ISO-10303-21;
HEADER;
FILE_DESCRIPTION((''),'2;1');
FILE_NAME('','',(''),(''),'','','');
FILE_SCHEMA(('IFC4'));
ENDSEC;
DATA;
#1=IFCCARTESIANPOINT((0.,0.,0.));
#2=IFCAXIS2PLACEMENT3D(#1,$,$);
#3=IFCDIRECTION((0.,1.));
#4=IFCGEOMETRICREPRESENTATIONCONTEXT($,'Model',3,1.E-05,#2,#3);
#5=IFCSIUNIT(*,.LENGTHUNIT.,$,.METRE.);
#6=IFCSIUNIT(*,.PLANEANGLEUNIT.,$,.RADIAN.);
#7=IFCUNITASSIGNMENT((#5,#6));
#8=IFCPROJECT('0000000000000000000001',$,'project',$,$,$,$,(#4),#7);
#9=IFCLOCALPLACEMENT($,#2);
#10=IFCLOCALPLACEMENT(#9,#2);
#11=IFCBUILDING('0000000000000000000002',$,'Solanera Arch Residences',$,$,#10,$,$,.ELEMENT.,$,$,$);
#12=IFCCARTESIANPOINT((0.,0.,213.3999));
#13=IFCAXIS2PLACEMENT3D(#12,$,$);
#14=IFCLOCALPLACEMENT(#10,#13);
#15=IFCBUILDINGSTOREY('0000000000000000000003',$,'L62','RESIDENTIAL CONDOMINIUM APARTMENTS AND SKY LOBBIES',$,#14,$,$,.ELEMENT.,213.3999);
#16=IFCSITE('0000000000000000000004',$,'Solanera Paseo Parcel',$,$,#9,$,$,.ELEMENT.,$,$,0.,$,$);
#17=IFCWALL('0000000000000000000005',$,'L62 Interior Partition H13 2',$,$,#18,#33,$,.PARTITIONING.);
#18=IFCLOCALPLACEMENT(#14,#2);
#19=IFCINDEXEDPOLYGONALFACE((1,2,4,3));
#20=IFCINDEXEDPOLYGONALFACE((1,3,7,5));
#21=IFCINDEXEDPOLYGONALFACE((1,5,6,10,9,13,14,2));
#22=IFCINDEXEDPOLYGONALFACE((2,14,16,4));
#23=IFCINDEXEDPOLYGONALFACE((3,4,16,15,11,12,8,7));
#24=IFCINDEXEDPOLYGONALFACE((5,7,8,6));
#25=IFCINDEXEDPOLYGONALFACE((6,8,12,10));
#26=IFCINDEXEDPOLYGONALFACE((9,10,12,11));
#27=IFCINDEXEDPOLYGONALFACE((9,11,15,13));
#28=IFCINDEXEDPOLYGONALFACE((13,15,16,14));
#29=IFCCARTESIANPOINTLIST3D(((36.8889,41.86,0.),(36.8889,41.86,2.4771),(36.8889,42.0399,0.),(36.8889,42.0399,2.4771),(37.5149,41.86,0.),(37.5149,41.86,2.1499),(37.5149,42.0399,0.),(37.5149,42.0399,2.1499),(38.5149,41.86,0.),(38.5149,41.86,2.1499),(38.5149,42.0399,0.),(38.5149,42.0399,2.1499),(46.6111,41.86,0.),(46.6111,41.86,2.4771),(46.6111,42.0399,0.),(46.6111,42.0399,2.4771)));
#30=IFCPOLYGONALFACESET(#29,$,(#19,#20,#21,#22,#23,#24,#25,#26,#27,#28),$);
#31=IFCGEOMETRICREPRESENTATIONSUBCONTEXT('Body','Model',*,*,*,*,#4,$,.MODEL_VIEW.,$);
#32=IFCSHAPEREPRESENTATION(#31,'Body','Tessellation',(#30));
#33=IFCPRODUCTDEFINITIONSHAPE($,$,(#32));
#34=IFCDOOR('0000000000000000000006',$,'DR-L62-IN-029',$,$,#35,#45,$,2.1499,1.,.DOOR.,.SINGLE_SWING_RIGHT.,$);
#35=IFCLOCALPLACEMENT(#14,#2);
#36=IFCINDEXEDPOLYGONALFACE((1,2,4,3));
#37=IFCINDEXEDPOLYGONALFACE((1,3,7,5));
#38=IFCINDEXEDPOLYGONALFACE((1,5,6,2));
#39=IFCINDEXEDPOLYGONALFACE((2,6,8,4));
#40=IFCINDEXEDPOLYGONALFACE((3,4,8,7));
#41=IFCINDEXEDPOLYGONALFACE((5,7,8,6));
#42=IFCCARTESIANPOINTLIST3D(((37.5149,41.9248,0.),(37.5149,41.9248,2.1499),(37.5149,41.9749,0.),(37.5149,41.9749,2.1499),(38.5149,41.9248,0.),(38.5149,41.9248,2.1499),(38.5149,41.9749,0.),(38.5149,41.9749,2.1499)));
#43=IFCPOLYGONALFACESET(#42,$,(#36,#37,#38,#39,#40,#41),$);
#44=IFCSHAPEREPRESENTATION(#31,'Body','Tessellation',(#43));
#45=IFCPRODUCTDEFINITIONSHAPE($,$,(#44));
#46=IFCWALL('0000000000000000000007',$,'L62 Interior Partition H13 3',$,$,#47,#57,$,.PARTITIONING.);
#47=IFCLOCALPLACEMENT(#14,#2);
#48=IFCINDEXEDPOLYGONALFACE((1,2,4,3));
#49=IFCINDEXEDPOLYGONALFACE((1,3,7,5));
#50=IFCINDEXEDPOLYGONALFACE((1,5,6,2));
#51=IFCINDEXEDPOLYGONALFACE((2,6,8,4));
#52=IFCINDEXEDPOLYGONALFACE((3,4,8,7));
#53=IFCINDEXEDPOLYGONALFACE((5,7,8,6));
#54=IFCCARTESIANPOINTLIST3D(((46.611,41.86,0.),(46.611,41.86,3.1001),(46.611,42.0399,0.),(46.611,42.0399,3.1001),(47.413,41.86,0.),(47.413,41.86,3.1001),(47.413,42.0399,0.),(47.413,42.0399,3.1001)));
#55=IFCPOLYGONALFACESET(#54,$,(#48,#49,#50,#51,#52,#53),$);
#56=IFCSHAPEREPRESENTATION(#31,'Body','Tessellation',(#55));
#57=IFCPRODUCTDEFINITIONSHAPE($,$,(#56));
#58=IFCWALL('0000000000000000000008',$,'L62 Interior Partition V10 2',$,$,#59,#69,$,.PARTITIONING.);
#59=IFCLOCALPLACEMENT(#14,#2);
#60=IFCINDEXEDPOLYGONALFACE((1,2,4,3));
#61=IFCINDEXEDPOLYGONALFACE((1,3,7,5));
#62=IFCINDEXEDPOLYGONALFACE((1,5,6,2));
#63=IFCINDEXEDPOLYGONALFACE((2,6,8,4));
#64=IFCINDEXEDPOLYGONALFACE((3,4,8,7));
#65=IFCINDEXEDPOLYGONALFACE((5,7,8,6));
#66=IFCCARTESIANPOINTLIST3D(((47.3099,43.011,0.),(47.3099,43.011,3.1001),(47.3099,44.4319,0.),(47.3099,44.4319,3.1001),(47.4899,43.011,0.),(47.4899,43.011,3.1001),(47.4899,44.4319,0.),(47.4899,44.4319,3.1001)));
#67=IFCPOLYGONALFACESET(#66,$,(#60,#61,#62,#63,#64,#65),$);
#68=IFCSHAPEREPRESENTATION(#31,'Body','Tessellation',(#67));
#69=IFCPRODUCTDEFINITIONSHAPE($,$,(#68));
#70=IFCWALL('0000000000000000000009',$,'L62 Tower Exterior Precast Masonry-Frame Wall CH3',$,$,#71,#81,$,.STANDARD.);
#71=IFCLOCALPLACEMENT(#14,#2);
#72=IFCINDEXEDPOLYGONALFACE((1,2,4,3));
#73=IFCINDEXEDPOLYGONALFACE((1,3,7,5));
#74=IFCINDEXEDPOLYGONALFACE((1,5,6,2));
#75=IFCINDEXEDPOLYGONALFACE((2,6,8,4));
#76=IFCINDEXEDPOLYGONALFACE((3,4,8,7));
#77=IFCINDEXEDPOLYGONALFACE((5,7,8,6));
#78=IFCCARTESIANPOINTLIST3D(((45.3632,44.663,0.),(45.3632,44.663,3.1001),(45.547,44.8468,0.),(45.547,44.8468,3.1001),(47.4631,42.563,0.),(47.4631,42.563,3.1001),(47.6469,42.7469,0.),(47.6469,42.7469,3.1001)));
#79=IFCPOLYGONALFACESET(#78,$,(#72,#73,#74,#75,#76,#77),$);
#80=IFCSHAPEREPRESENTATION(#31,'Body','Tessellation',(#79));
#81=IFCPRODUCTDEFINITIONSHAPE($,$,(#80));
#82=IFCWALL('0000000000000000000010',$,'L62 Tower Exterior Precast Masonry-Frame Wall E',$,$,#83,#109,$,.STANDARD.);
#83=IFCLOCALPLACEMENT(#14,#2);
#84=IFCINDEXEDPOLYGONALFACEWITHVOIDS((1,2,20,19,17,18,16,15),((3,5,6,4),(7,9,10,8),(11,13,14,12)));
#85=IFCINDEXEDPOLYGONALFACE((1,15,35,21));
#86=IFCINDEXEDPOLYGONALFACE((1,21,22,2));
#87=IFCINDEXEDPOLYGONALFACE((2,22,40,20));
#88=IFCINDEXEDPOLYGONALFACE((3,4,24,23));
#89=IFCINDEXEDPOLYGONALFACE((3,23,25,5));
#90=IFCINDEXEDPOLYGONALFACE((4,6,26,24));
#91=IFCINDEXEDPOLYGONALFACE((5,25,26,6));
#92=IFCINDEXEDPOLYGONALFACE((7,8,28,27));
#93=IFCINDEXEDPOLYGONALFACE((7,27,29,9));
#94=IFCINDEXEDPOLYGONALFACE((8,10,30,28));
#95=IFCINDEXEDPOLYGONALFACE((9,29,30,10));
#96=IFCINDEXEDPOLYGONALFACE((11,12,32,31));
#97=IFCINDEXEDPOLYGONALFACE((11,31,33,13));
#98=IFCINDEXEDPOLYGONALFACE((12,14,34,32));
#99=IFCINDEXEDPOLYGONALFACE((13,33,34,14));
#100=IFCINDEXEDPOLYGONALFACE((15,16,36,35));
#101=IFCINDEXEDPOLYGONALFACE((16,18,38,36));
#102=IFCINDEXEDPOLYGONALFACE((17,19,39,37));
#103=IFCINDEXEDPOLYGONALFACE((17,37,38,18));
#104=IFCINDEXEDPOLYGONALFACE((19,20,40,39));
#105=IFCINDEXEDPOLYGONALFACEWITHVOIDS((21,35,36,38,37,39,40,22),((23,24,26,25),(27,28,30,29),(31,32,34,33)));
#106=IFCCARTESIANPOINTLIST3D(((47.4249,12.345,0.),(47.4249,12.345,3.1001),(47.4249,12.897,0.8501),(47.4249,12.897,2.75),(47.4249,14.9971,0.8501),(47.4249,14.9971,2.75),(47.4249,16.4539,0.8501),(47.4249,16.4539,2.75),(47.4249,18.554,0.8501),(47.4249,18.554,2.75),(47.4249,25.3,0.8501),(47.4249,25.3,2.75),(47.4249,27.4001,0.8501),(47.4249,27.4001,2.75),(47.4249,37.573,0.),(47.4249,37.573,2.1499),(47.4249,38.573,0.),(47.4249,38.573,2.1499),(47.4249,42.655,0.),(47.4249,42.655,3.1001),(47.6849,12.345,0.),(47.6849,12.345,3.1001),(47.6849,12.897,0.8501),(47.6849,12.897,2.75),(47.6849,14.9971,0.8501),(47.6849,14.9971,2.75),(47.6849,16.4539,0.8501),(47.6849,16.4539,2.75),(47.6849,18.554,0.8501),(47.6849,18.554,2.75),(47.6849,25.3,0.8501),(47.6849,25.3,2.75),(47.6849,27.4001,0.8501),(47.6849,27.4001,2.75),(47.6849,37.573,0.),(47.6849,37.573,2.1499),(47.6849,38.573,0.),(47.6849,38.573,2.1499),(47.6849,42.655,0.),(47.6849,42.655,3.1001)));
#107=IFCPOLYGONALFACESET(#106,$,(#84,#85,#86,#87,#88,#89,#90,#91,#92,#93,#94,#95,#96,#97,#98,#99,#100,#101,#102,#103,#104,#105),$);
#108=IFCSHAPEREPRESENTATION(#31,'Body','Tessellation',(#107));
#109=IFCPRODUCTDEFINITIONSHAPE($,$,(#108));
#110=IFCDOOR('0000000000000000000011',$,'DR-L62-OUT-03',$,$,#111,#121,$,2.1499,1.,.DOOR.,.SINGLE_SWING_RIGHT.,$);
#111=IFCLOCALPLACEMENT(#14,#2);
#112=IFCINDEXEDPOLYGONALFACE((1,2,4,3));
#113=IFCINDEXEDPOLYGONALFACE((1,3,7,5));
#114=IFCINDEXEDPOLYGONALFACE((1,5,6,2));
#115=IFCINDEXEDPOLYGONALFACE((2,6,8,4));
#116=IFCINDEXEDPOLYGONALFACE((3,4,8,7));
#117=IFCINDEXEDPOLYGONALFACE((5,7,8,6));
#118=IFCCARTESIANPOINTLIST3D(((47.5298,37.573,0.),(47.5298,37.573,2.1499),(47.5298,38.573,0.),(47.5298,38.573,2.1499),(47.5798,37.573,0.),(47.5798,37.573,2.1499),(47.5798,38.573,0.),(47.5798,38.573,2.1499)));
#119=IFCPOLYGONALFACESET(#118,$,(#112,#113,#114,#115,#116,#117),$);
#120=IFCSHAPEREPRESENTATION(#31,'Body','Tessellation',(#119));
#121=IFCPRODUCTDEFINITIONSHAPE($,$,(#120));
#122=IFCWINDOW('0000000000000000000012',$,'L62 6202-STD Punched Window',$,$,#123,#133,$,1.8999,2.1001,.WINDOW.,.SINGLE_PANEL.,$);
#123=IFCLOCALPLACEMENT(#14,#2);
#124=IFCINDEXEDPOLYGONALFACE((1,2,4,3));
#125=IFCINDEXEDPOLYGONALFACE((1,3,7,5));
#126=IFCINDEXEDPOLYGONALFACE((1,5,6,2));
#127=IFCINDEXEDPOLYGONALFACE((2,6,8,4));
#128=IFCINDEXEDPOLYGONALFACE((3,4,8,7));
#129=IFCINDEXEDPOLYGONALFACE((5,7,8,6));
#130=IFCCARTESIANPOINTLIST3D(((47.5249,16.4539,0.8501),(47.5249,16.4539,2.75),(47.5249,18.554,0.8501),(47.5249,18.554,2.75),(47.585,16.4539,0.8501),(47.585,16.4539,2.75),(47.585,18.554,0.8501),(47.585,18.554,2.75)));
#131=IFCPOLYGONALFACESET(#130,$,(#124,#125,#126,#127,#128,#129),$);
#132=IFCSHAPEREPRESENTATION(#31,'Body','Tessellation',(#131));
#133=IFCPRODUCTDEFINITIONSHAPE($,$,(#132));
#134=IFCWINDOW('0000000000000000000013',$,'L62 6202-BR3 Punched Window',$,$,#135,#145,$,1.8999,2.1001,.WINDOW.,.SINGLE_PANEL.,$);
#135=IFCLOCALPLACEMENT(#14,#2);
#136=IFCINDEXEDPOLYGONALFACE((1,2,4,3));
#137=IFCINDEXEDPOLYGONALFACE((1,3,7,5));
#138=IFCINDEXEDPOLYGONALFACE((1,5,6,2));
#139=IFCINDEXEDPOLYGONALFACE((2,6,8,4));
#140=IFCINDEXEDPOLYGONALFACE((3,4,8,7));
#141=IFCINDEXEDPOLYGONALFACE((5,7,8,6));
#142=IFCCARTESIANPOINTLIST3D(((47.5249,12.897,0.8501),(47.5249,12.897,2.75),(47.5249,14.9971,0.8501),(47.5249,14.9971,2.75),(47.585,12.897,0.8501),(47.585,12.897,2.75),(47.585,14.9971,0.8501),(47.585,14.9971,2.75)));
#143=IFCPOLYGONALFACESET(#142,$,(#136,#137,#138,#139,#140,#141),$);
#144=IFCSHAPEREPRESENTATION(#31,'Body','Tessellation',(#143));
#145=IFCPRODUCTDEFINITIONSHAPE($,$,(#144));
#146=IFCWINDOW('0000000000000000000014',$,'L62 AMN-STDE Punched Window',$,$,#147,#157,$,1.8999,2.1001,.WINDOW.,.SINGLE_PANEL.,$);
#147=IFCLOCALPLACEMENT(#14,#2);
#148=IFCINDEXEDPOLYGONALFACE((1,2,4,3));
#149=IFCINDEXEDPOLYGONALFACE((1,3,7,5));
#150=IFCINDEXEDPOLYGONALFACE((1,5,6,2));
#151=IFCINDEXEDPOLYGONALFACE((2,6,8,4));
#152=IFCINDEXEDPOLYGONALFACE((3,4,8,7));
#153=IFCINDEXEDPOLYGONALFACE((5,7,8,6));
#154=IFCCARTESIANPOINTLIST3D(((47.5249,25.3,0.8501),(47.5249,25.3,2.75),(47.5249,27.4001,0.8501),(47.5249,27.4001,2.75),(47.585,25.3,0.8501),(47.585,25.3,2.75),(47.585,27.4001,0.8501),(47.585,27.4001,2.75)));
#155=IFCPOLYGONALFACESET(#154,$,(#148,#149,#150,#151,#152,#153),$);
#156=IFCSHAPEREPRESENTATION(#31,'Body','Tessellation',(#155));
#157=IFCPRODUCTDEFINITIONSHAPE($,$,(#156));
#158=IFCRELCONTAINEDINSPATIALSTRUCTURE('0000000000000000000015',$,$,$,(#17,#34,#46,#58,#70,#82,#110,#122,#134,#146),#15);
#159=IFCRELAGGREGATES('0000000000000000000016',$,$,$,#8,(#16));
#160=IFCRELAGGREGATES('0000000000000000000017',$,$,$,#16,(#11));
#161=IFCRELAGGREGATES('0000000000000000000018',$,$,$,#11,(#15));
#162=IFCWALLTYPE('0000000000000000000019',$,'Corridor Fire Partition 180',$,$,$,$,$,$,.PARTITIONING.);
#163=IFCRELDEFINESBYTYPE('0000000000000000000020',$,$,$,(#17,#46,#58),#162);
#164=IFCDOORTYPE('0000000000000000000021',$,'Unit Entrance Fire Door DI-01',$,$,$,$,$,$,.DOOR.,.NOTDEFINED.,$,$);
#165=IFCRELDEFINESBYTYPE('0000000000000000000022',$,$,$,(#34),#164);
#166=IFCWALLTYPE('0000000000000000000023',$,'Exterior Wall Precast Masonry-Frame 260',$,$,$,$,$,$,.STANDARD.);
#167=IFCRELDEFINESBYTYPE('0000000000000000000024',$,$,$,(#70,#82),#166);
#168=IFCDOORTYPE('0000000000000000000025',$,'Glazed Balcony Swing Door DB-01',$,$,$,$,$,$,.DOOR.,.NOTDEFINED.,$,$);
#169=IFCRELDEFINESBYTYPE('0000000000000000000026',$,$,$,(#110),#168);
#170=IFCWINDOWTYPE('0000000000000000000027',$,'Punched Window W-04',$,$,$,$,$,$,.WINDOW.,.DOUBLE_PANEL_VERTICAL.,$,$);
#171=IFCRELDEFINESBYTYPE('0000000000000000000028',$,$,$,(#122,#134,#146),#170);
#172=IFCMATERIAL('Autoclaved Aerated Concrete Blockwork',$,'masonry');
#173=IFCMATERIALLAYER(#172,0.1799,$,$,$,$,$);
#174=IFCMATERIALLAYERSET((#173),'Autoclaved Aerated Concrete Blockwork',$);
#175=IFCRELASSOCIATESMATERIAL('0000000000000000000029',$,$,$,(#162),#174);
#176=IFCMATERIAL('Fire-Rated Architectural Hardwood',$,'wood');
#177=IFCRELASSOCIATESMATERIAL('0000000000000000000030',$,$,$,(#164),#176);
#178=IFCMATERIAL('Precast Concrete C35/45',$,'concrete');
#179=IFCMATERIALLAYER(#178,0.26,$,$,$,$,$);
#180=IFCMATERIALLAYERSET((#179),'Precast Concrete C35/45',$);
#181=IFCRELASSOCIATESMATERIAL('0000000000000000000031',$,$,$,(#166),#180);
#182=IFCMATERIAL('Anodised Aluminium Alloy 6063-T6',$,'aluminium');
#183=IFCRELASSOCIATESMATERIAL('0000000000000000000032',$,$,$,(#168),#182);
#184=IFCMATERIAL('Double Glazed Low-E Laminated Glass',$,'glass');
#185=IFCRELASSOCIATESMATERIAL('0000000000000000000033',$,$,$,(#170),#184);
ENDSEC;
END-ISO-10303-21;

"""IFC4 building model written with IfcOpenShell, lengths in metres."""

from ifc_helpers import new_model, si_unit, direction, frame, frame_2d, origin, place, context, subcontext, project, spatial, rectangle, extrude, material, layer, layer_set, type_object, element, fill, save


model = new_model("IFC4")

# Units and contexts
model_context = context("Model", 3, precision=1e-05, world=origin(), true_north=direction((0.0, 1.0)))
body_context = subcontext(model_context, "Body", "Model", "MODEL_VIEW")
ifc_project = project(units=[si_unit("LENGTHUNIT", "METRE"), si_unit("PLANEANGLEUNIT", "RADIAN")], contexts=[model_context])

# Site, building, storey
site_placement = place(None, origin())
site = spatial("IfcSite", under=ifc_project, at=site_placement, Name="Solanera Paseo Parcel", CompositionType="ELEMENT", RefElevation=0.0)
building_placement = place(site_placement, origin())
building = spatial("IfcBuilding", under=site, at=building_placement, Name="Solanera Arch Residences", CompositionType="ELEMENT")
storey_placement = place(building_placement, frame((0.0, 0.0, 213.3999)))
storey = spatial("IfcBuildingStorey", under=building, at=storey_placement, Name="L62", Description="RESIDENTIAL CONDOMINIUM APARTMENTS AND SKY LOBBIES", CompositionType="ELEMENT", Elevation=213.3999)

# Shared definitions
ifc_material_1 = material(Name="Autoclaved Aerated Concrete Blockwork", Category="masonry")
ifc_layer_1 = layer(ifc_material_1, 0.1799)
ifc_layer_set_1 = layer_set([ifc_layer_1], Name="Autoclaved Aerated Concrete Blockwork")
wall_type_1 = type_object("IfcWallType", Name="Corridor Fire Partition 180", PredefinedType="PARTITIONING", material=ifc_layer_set_1)
ifc_material_2 = material(Name="Fire-Rated Architectural Hardwood", Category="wood")
door_type_1 = type_object("IfcDoorType", Name="Unit Entrance Fire Door DI-01", OperationType="NOTDEFINED", PredefinedType="DOOR", material=ifc_material_2)

# Wall, opening, door
wall_1_placement = place(storey_placement, frame((36.8889, 41.95, 0.0), z_axis=(0.0, 0.0, 1.0), x_axis=(1.0, 0.0, 0.0)))
wall_1 = element("IfcWall", 1, at=wall_1_placement, inside=storey, type_object=wall_type_1, Name="L62 Interior Partition H13 2", PredefinedType="PARTITIONING", context=body_context, shape_type="SweptSolid", body=[
    extrude(rectangle(XDim=9.7222, YDim=0.1799, at=frame_2d((4.8611, 0.0))), origin(), (0.0, 0.0, 1.0), 2.4771),
])
opening_1_placement = place(wall_1_placement, frame((0.626, 0.0, 0.0)))
opening_1 = element("IfcOpeningElement", 2, at=opening_1_placement, cuts=wall_1, PredefinedType="OPENING", context=body_context, shape_type="SweptSolid", body=[
    extrude(rectangle(XDim=1.0, YDim=2.1499, at=frame_2d((0.5, 1.075))), frame((0.0, 0.1001, 0.0), z_axis=(0.0, -1.0, 0.0), x_axis=(1.0, 0.0, 0.0)), (0.0, 0.0, 1.0), 0.1999),
])
door_1_placement = place(opening_1_placement, origin())
door_1 = element("IfcDoor", 3, at=door_1_placement, inside=storey, type_object=door_type_1, Name="DR-L62-IN-029", OperationType="SINGLE_SWING_RIGHT", OverallHeight=2.1499, OverallWidth=1.0, PredefinedType="DOOR", context=body_context, shape_type="SweptSolid", body=[
    extrude(rectangle(XDim=1.0, YDim=2.1499, at=frame_2d((0.5, 1.075))), frame((0.0, 0.0249, 0.0), z_axis=(0.0, -1.0, 0.0), x_axis=(1.0, 0.0, 0.0)), (0.0, 0.0, 1.0), 0.05),
])
fill(opening_1, door_1)

# Walls
wall_2_placement = place(storey_placement, frame((46.6111, 41.95, 0.0), z_axis=(0.0, 0.0, 1.0), x_axis=(1.0, 0.0, 0.0)))
element("IfcWall", 4, at=wall_2_placement, inside=storey, type_object=wall_type_1, Name="L62 Interior Partition H13 3", PredefinedType="PARTITIONING", context=body_context, shape_type="SweptSolid", body=[
    extrude(rectangle(XDim=0.802, YDim=0.1799, at=frame_2d((0.4009, 0.0))), origin(), (0.0, 0.0, 1.0), 3.1001),
])
wall_3_placement = place(storey_placement, frame((47.3999, 43.011, 0.0), z_axis=(0.0, 0.0, 1.0), x_axis=(0.0, 1.0, 0.0)))
element("IfcWall", 5, at=wall_3_placement, inside=storey, type_object=wall_type_1, Name="L62 Interior Partition V10 2", PredefinedType="PARTITIONING", context=body_context, shape_type="SweptSolid", body=[
    extrude(rectangle(XDim=1.4209, YDim=0.1799, at=frame_2d((0.7104, 0.0))), origin(), (0.0, 0.0, 1.0), 3.1001),
])
ifc_material_3 = material(Name="Precast Concrete C35/45", Category="concrete")
ifc_layer_2 = layer(ifc_material_3, 0.26)
ifc_layer_set_2 = layer_set([ifc_layer_2], Name="Precast Concrete C35/45")
wall_type_2 = type_object("IfcWallType", Name="Exterior Wall Precast Masonry-Frame 260", PredefinedType="STANDARD", material=ifc_layer_set_2)
wall_4_placement = place(storey_placement, frame((45.4551, 44.7549, 0.0), z_axis=(0.0, 0.0, 1.0), x_axis=(0.707107, -0.707107, 0.0)))
element("IfcWall", 6, at=wall_4_placement, inside=storey, type_object=wall_type_2, Name="L62 Tower Exterior Precast Masonry-Frame Wall CH3", PredefinedType="STANDARD", context=body_context, shape_type="SweptSolid", body=[
    extrude(rectangle(XDim=2.9697, YDim=0.26, at=frame_2d((1.4849, 0.0))), origin(), (0.0, 0.0, 1.0), 3.1001),
])

# Wall, openings, door, windows
wall_5_placement = place(storey_placement, frame((47.5549, 42.655, 0.0), z_axis=(0.0, 0.0, 1.0), x_axis=(0.0, -1.0, 0.0)))
wall_5 = element("IfcWall", 7, at=wall_5_placement, inside=storey, type_object=wall_type_2, Name="L62 Tower Exterior Precast Masonry-Frame Wall E", PredefinedType="STANDARD", context=body_context, shape_type="SweptSolid", body=[
    extrude(rectangle(XDim=30.3101, YDim=0.26, at=frame_2d((15.155, 0.0))), origin(), (0.0, 0.0, 1.0), 3.1001),
])
opening_2_placement = place(wall_5_placement, frame((4.082, 0.0, 0.0)))
opening_2 = element("IfcOpeningElement", 8, at=opening_2_placement, cuts=wall_5, PredefinedType="OPENING", context=body_context, shape_type="SweptSolid", body=[
    extrude(rectangle(XDim=1.0, YDim=2.1499, at=frame_2d((0.5, 1.075))), frame((0.0, 0.1399, 0.0), z_axis=(0.0, -1.0, 0.0), x_axis=(1.0, 0.0, 0.0)), (0.0, 0.0, 1.0), 0.28),
])
opening_3_placement = place(wall_5_placement, frame((24.1011, 0.0, 0.8501)))
opening_3 = element("IfcOpeningElement", 9, at=opening_3_placement, cuts=wall_5, PredefinedType="OPENING", context=body_context, shape_type="SweptSolid", body=[
    extrude(rectangle(XDim=2.1001, YDim=1.8999, at=frame_2d((1.05, 0.95))), frame((0.0, 0.1399, 0.0), z_axis=(0.0, -1.0, 0.0), x_axis=(1.0, 0.0, 0.0)), (0.0, 0.0, 1.0), 0.28),
])
opening_4_placement = place(wall_5_placement, frame((27.658, 0.0, 0.8501)))
opening_4 = element("IfcOpeningElement", 10, at=opening_4_placement, cuts=wall_5, PredefinedType="OPENING", context=body_context, shape_type="SweptSolid", body=[
    extrude(rectangle(XDim=2.1001, YDim=1.8999, at=frame_2d((1.05, 0.95))), frame((0.0, 0.1399, 0.0), z_axis=(0.0, -1.0, 0.0), x_axis=(1.0, 0.0, 0.0)), (0.0, 0.0, 1.0), 0.28),
])
opening_5_placement = place(wall_5_placement, frame((15.2549, 0.0, 0.8501)))
opening_5 = element("IfcOpeningElement", 11, at=opening_5_placement, cuts=wall_5, PredefinedType="OPENING", context=body_context, shape_type="SweptSolid", body=[
    extrude(rectangle(XDim=2.1001, YDim=1.8999, at=frame_2d((1.05, 0.95))), frame((0.0, 0.1399, 0.0), z_axis=(0.0, -1.0, 0.0), x_axis=(1.0, 0.0, 0.0)), (0.0, 0.0, 1.0), 0.28),
])
ifc_material_4 = material(Name="Anodised Aluminium Alloy 6063-T6", Category="aluminium")
door_type_2 = type_object("IfcDoorType", Name="Glazed Balcony Swing Door DB-01", OperationType="NOTDEFINED", PredefinedType="DOOR", material=ifc_material_4)
door_2_placement = place(opening_2_placement, origin())
door_2 = element("IfcDoor", 12, at=door_2_placement, inside=storey, type_object=door_type_2, Name="DR-L62-OUT-03", OperationType="SINGLE_SWING_RIGHT", OverallHeight=2.1499, OverallWidth=1.0, PredefinedType="DOOR", context=body_context, shape_type="SweptSolid", body=[
    extrude(rectangle(XDim=1.0, YDim=2.1499, at=frame_2d((0.5, 1.075))), frame((0.0, 0.0249, 0.0), z_axis=(0.0, -1.0, 0.0), x_axis=(1.0, 0.0, 0.0)), (0.0, 0.0, 1.0), 0.05),
])
fill(opening_2, door_2)
ifc_material_5 = material(Name="Double Glazed Low-E Laminated Glass", Category="glass")
window_type = type_object("IfcWindowType", Name="Punched Window W-04", PartitioningType="DOUBLE_PANEL_VERTICAL", PredefinedType="WINDOW", material=ifc_material_5)
window_1_placement = place(opening_3_placement, origin())
window_1 = element("IfcWindow", 13, at=window_1_placement, inside=storey, type_object=window_type, Name="L62 6202-STD Punched Window", OverallHeight=1.8999, OverallWidth=2.1001, PartitioningType="SINGLE_PANEL", PredefinedType="WINDOW", context=body_context, shape_type="SweptSolid", body=[
    extrude(rectangle(XDim=2.1001, YDim=1.8999, at=frame_2d((1.05, 0.95))), frame((0.0, 0.03, 0.0), z_axis=(0.0, -1.0, 0.0), x_axis=(1.0, 0.0, 0.0)), (0.0, 0.0, 1.0), 0.0601),
])
fill(opening_3, window_1)
window_2_placement = place(opening_4_placement, origin())
window_2 = element("IfcWindow", 14, at=window_2_placement, inside=storey, type_object=window_type, Name="L62 6202-BR3 Punched Window", OverallHeight=1.8999, OverallWidth=2.1001, PartitioningType="SINGLE_PANEL", PredefinedType="WINDOW", context=body_context, shape_type="SweptSolid", body=[
    extrude(rectangle(XDim=2.1001, YDim=1.8999, at=frame_2d((1.05, 0.95))), frame((0.0, 0.03, 0.0), z_axis=(0.0, -1.0, 0.0), x_axis=(1.0, 0.0, 0.0)), (0.0, 0.0, 1.0), 0.0601),
])
fill(opening_4, window_2)
window_3_placement = place(opening_5_placement, origin())
window_3 = element("IfcWindow", 15, at=window_3_placement, inside=storey, type_object=window_type, Name="L62 AMN-STDE Punched Window", OverallHeight=1.8999, OverallWidth=2.1001, PartitioningType="SINGLE_PANEL", PredefinedType="WINDOW", context=body_context, shape_type="SweptSolid", body=[
    extrude(rectangle(XDim=2.1001, YDim=1.8999, at=frame_2d((1.05, 0.95))), frame((0.0, 0.03, 0.0), z_axis=(0.0, -1.0, 0.0), x_axis=(1.0, 0.0, 0.0)), (0.0, 0.0, 1.0), 0.0601),
])
fill(opening_5, window_3)

save(model, "model.ifc")
